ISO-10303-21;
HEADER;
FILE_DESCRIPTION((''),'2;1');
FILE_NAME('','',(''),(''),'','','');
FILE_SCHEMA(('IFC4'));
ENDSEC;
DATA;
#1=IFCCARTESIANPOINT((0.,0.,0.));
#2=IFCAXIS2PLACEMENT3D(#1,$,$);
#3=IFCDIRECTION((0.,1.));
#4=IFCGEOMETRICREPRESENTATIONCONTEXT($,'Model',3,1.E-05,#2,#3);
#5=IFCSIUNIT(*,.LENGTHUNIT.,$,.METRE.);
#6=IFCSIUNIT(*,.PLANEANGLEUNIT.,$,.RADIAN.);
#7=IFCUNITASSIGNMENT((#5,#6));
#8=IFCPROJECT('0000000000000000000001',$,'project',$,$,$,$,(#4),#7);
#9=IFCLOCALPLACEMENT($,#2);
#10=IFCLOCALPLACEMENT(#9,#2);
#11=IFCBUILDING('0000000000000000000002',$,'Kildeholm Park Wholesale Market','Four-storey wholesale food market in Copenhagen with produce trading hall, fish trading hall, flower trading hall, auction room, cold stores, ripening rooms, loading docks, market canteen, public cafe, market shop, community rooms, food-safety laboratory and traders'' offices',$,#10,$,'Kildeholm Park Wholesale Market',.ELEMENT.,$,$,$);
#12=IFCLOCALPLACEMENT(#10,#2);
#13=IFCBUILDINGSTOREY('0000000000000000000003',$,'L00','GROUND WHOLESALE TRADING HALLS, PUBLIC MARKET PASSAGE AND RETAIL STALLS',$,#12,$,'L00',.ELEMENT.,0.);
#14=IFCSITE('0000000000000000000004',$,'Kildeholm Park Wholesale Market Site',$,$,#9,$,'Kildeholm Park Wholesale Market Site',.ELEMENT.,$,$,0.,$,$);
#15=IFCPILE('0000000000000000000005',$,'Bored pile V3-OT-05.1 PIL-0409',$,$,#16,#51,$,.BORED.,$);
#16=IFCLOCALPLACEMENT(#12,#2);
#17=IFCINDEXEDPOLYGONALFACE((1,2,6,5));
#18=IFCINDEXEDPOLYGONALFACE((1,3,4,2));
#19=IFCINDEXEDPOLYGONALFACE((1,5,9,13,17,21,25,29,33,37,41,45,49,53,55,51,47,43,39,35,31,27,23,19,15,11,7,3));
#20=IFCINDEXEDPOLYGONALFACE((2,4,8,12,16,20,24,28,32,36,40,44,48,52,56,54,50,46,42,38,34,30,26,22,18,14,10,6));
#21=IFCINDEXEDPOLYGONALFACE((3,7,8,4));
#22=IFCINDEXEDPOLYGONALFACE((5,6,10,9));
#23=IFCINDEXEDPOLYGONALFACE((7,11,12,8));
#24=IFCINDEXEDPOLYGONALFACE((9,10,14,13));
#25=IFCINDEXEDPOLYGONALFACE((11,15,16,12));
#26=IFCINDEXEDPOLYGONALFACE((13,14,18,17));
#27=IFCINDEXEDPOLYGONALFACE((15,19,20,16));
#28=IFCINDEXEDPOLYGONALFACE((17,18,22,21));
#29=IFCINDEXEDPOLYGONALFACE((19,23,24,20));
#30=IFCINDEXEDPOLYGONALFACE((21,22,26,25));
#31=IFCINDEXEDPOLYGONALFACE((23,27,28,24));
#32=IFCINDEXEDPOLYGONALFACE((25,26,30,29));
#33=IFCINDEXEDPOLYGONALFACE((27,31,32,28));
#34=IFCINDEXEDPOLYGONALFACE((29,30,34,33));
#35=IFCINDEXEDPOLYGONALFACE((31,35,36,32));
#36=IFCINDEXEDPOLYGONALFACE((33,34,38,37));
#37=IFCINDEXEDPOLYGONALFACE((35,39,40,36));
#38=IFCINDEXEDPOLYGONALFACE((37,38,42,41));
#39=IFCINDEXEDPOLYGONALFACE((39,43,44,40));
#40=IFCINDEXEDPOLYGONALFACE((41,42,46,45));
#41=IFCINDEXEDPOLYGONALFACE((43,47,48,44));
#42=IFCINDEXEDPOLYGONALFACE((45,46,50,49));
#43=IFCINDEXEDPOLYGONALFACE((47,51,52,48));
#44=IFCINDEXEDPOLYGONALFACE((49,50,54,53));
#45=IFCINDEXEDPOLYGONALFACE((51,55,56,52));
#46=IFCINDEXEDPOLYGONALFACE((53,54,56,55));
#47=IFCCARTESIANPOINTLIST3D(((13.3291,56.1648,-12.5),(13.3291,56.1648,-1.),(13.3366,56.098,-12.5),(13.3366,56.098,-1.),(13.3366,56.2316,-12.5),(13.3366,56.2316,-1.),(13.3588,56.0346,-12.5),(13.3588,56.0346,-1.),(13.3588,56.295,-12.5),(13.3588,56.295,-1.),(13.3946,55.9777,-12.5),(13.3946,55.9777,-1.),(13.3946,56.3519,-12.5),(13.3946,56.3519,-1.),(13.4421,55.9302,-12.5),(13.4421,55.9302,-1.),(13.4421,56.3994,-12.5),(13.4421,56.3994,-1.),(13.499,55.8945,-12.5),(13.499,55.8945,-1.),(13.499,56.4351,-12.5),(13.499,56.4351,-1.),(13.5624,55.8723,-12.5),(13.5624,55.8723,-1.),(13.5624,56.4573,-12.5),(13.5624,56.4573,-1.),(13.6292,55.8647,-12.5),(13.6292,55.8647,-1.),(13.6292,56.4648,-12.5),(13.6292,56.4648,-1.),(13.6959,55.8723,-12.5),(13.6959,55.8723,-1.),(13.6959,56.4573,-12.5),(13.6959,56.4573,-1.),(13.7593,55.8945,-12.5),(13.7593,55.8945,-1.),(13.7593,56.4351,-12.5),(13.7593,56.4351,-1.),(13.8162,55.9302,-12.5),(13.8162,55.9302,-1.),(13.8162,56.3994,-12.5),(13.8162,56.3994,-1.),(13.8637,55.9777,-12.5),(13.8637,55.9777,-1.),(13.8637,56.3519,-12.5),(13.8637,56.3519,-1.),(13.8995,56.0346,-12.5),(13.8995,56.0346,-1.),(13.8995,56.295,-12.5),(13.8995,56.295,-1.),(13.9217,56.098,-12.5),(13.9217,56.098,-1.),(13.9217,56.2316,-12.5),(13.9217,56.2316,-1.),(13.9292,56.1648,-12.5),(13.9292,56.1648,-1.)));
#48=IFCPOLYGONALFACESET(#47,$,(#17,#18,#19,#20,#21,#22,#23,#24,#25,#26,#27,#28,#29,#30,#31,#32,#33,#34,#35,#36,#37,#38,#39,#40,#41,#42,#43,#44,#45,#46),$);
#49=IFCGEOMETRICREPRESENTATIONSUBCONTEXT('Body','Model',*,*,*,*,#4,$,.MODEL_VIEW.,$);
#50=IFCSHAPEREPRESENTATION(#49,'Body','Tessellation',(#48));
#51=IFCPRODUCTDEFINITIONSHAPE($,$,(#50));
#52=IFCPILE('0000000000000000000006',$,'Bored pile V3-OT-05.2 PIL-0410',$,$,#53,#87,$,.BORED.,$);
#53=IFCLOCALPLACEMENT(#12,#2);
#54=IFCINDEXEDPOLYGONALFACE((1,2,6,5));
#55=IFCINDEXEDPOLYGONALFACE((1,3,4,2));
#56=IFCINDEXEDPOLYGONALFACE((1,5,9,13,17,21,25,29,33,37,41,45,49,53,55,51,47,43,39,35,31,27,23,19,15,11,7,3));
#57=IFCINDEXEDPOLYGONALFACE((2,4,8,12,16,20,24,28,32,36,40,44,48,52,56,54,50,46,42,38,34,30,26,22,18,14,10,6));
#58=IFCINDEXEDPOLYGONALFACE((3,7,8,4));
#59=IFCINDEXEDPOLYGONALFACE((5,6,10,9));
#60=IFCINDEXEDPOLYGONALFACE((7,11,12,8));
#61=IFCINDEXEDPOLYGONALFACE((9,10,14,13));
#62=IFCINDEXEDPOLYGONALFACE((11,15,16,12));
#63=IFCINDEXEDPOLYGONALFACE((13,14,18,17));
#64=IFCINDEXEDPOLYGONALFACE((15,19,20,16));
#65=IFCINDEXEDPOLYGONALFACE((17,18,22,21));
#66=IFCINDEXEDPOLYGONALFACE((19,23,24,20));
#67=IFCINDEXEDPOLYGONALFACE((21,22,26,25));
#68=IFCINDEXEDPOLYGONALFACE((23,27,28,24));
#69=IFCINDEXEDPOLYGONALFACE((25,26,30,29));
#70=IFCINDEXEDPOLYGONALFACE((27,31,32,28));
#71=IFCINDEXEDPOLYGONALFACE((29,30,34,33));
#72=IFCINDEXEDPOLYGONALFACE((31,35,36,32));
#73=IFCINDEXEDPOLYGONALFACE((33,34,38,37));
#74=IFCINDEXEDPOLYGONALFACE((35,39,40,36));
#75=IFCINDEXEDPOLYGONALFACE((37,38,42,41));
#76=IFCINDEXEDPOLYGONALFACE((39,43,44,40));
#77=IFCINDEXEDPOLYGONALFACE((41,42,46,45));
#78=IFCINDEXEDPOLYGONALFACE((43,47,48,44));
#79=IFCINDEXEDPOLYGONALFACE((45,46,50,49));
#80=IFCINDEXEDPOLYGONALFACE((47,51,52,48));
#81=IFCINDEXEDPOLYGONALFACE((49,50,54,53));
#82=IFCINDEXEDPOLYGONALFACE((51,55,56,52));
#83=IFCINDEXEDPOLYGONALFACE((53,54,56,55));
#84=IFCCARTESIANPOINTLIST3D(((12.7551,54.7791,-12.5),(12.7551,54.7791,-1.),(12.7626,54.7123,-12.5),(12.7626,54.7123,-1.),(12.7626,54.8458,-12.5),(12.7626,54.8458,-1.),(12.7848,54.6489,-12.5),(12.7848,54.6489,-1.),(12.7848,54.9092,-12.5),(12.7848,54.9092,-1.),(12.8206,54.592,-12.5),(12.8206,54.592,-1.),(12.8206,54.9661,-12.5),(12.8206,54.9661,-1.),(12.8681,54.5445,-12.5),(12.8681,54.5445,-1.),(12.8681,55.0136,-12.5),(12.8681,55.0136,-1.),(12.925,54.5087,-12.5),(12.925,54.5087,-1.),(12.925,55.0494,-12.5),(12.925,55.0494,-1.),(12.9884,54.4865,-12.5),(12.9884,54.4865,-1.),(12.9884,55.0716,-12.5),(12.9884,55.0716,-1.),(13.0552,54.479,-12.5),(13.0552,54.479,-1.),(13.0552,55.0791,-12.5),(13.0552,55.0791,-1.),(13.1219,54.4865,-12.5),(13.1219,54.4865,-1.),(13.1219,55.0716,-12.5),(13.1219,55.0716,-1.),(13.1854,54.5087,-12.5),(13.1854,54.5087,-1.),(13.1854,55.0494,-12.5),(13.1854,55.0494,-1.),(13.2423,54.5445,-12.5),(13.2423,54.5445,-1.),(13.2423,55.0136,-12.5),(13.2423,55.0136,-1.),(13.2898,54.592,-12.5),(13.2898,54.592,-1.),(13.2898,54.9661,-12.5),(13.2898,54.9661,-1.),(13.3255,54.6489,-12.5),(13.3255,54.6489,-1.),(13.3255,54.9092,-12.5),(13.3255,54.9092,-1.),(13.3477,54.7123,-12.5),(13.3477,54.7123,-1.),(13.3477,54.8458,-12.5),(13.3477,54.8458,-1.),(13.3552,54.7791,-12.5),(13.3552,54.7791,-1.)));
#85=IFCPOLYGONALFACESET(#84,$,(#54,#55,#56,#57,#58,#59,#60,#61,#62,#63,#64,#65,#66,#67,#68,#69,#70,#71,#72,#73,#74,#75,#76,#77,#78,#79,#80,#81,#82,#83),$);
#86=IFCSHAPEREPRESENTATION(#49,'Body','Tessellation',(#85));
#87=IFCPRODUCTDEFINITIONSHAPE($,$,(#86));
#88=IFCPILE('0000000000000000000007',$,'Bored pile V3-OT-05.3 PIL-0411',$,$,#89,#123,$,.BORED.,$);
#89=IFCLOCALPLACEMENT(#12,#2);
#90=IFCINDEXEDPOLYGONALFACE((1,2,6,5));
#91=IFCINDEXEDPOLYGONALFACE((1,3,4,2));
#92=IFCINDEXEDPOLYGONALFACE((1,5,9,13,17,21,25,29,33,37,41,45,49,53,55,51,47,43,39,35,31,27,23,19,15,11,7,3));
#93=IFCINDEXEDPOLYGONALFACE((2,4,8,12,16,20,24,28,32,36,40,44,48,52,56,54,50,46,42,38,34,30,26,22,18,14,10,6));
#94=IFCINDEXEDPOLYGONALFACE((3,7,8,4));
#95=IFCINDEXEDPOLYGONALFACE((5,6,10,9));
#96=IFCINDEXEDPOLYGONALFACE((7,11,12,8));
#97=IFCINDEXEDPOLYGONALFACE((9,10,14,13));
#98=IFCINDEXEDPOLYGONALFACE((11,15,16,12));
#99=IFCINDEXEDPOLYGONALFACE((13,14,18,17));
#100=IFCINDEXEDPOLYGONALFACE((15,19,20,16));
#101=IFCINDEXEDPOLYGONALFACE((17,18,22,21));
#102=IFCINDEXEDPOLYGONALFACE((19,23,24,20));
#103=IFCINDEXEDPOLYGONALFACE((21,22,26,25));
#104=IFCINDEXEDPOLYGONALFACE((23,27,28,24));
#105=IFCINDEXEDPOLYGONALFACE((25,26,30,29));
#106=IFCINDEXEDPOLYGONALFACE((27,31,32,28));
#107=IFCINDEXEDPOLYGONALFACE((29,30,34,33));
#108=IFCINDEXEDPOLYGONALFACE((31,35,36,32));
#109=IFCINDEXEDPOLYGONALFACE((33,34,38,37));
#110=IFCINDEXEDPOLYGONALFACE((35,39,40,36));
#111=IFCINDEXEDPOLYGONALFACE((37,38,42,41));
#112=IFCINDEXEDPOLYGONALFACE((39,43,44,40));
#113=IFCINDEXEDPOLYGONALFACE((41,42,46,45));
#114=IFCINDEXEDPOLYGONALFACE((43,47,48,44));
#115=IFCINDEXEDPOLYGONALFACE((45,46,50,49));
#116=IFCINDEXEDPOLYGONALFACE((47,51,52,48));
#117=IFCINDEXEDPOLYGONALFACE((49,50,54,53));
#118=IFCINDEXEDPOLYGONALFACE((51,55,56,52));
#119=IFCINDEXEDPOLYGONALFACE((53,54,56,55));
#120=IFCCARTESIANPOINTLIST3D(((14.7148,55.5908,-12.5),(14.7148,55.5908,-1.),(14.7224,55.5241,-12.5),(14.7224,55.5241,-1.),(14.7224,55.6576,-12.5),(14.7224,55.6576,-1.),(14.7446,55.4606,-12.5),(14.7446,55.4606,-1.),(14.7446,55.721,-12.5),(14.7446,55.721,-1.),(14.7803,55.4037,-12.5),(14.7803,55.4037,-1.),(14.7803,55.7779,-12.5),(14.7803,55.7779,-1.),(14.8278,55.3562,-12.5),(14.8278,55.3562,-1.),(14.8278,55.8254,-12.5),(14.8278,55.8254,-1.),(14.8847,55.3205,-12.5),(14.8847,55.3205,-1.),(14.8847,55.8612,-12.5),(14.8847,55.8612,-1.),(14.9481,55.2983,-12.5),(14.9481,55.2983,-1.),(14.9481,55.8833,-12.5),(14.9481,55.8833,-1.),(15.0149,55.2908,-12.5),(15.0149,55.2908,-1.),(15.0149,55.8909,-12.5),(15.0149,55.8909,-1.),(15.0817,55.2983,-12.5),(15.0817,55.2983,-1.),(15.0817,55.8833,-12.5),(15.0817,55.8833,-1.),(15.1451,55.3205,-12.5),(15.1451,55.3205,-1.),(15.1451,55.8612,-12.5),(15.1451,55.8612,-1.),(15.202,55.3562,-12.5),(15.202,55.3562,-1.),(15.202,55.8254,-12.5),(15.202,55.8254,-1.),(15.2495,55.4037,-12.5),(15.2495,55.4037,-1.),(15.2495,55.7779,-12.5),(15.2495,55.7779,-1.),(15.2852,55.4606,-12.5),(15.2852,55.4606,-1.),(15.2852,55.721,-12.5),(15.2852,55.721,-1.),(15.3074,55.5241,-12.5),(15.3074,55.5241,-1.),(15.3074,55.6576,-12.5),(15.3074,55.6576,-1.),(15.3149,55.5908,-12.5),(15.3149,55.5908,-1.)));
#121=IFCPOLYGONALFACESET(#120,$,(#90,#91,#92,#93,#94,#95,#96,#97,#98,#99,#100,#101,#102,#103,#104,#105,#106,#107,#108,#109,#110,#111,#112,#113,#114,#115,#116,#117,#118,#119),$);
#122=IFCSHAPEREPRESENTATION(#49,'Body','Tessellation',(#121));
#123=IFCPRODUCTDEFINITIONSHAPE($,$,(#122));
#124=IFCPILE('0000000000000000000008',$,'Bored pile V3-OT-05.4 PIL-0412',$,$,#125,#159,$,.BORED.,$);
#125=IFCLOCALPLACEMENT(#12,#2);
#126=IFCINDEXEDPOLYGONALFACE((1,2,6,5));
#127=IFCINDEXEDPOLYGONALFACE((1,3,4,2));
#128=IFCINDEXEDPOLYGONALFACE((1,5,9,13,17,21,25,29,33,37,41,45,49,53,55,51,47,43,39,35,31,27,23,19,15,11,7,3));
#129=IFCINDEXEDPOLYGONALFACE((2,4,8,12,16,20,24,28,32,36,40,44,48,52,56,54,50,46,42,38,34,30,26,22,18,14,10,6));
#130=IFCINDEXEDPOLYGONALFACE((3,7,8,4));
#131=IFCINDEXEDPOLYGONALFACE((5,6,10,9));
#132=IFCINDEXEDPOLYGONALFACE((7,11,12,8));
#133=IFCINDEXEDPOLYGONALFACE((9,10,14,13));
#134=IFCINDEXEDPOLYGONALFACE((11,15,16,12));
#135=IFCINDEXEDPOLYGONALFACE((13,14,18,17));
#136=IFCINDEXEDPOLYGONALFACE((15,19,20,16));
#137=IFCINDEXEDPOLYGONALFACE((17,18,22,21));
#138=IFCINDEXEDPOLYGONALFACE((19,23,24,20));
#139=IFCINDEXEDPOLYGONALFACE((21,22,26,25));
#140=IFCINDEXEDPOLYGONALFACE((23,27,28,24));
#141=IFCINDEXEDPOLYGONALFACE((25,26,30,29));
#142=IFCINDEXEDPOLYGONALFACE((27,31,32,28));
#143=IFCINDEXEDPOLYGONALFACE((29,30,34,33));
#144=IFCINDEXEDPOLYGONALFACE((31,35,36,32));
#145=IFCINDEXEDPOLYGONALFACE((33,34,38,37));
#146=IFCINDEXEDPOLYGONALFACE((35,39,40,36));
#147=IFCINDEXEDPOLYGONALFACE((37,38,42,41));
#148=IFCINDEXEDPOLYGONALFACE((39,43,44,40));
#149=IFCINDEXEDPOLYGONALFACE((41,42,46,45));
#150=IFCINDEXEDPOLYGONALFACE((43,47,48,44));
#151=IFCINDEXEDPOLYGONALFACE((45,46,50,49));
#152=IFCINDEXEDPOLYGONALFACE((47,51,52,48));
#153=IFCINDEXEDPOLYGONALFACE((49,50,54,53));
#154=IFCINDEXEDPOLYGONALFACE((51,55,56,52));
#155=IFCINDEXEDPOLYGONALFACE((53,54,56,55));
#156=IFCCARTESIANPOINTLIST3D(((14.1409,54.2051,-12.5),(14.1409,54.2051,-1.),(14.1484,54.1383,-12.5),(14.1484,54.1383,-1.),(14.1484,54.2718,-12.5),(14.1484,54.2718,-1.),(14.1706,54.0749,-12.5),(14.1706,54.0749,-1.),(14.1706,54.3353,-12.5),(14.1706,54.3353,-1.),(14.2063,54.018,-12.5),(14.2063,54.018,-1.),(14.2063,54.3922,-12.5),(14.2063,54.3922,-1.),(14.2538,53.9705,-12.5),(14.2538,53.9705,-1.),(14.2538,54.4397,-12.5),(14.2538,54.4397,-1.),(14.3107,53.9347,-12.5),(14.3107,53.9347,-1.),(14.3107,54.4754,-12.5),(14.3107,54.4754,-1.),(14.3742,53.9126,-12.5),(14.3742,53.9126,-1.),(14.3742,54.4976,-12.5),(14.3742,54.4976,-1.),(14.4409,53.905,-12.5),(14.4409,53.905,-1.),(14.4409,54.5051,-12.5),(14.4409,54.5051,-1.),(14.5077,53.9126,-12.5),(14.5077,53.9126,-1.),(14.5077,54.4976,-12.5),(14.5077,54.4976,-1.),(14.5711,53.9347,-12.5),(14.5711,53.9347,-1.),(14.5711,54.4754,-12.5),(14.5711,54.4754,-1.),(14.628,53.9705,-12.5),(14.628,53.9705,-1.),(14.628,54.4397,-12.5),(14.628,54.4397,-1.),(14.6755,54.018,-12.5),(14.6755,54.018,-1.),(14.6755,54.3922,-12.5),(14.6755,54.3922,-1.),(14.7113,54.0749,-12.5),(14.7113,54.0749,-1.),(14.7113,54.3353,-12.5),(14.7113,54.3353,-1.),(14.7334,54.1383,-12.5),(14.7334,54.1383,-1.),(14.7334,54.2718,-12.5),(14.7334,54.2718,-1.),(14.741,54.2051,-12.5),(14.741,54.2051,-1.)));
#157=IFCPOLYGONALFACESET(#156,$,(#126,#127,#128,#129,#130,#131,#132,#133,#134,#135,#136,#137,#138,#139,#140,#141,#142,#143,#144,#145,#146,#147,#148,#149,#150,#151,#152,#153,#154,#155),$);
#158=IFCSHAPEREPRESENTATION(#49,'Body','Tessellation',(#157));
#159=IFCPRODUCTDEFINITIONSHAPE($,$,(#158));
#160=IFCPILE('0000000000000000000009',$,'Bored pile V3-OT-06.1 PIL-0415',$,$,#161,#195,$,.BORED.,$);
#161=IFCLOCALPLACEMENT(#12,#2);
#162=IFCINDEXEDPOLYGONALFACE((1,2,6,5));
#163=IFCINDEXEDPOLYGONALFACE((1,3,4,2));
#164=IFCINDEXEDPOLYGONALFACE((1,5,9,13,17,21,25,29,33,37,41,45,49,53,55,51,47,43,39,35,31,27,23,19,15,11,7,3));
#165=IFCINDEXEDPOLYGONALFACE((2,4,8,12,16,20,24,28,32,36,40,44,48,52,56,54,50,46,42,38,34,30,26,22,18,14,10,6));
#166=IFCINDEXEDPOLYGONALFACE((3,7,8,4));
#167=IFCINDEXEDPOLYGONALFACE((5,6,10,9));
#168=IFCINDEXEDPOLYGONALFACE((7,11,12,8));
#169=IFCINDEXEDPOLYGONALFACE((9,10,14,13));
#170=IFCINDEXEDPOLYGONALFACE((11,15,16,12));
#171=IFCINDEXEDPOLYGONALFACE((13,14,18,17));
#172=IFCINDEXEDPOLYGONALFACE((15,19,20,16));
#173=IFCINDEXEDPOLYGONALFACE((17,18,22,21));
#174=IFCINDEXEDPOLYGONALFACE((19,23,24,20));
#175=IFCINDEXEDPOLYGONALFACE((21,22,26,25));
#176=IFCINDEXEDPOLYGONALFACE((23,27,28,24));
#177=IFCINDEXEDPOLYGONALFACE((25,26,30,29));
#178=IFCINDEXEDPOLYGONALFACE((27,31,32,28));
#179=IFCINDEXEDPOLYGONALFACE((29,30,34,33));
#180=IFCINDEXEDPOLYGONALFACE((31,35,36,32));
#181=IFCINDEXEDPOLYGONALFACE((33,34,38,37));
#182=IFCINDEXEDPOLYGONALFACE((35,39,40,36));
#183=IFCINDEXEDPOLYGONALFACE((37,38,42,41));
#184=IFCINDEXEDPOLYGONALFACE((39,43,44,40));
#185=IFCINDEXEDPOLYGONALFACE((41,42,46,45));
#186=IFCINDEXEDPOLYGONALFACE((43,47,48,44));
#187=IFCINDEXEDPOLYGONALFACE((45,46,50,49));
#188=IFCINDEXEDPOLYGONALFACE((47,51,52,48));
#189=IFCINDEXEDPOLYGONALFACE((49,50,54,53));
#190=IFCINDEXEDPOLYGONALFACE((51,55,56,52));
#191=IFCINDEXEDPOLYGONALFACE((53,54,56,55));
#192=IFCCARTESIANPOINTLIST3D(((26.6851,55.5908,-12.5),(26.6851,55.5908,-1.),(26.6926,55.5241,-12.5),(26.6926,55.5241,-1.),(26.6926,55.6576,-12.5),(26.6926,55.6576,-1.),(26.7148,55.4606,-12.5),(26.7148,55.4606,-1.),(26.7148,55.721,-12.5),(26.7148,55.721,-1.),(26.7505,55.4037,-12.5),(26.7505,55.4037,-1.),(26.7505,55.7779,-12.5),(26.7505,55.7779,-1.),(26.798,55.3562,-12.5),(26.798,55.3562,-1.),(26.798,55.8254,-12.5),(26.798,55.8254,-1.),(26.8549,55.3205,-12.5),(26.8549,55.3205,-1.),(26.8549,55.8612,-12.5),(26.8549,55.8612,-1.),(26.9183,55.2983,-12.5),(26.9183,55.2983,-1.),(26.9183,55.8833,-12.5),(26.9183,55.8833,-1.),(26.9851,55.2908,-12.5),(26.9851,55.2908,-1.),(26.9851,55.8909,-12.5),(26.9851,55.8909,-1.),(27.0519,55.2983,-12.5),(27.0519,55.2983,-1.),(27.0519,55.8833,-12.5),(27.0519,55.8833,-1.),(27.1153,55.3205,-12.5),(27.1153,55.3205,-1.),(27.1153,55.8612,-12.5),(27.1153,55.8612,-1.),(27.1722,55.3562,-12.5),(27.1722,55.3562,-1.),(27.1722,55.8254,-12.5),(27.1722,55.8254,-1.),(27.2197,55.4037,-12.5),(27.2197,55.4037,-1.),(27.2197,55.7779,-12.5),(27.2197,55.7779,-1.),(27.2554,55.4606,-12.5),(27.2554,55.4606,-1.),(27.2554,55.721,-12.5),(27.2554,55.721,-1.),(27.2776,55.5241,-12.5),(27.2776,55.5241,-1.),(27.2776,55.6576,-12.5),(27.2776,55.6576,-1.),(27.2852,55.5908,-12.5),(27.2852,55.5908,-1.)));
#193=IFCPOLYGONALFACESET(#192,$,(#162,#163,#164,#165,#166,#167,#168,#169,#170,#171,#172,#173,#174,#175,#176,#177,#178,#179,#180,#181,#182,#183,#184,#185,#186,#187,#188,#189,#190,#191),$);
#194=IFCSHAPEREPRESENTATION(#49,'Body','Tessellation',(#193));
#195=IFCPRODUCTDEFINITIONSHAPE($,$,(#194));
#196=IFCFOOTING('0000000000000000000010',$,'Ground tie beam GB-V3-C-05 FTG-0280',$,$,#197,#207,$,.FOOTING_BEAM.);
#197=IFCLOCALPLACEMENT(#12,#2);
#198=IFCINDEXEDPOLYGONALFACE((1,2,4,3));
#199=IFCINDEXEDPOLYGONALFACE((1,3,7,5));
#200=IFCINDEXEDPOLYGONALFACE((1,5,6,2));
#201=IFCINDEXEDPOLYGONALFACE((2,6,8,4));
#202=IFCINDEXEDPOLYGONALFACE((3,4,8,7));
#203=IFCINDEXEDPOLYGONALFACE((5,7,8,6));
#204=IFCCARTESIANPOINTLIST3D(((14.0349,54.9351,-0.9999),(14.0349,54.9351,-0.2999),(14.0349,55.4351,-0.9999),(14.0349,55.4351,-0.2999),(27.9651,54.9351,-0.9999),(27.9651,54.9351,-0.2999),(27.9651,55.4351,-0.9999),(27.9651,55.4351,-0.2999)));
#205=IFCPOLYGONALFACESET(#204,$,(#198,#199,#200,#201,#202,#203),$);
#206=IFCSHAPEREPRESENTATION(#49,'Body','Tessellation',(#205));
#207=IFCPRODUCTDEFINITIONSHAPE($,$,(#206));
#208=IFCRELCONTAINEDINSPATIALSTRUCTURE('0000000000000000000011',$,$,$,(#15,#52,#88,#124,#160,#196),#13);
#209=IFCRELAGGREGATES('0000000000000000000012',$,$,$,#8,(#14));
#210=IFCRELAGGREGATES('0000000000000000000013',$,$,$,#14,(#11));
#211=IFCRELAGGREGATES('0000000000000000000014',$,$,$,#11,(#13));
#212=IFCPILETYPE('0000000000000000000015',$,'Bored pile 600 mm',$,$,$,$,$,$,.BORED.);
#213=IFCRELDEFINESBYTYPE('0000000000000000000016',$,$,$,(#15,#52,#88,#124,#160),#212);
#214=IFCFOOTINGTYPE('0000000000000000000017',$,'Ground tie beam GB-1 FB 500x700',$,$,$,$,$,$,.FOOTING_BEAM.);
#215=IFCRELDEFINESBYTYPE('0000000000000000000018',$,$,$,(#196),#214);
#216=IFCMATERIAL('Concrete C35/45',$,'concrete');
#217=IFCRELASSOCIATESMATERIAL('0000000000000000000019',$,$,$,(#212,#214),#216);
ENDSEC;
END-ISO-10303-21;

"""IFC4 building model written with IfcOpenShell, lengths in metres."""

from ifc_helpers import new_model, si_unit, direction, frame, origin, origin_2d, place, context, subcontext, project, spatial, rectangle, circle, extrude, material, material_profile, profile_set, type_object, element, save


model = new_model("IFC4")

# Units and contexts
model_context = context("Model", 3, precision=1e-05, world=origin(), true_north=direction((0.0, 1.0)))
body_context = subcontext(model_context, "Body", "Model", "MODEL_VIEW")
ifc_project = project(units=[si_unit("LENGTHUNIT", "METRE"), si_unit("PLANEANGLEUNIT", "RADIAN")], contexts=[model_context])

# Site, building, storey
site_placement = place(None, origin())
site = spatial("IfcSite", under=ifc_project, at=site_placement, Name="Kildeholm Park Wholesale Market Site", LongName="Kildeholm Park Wholesale Market Site", CompositionType="ELEMENT", RefElevation=0.0)
building_placement = place(site_placement, origin())
building = spatial("IfcBuilding", under=site, at=building_placement, Name="Kildeholm Park Wholesale Market", Description="Four-storey wholesale food market in Copenhagen with produce trading hall, fish trading hall, flower trading hall, auction room, cold stores, ripening rooms, loading docks, market canteen, public cafe, market shop, community rooms, food-safety laboratory and traders' offices", LongName="Kildeholm Park Wholesale Market", CompositionType="ELEMENT")
storey_placement = place(building_placement, origin())
storey = spatial("IfcBuildingStorey", under=building, at=storey_placement, Name="L00", Description="GROUND WHOLESALE TRADING HALLS, PUBLIC MARKET PASSAGE AND RETAIL STALLS", LongName="L00", CompositionType="ELEMENT", Elevation=0.0)

# Piles
ifc_material_1 = material(Name="Concrete C35/45", Category="concrete")
ifc_material_profile_1 = material_profile(ifc_material_1, circle(Radius=0.3, at=origin_2d()), Name="PILE D600")
ifc_profile_set_1 = profile_set([ifc_material_profile_1], Name="Concrete C35/45")
pile_type = type_object("IfcPileType", Name="Bored pile 600 mm", PredefinedType="BORED", material=ifc_profile_set_1)
for number, where, z_axis, x_axis, name in (
    (1, (13.6292, 56.1648, -1.0), (0.0, 0.0, -1.0), (1.0, 0.0, 0.0), "Bored pile V3-OT-05.1 PIL-0409"),
    (2, (13.0552, 54.7791, -1.0), (0.0, 0.0, -1.0), (1.0, 0.0, 0.0), "Bored pile V3-OT-05.2 PIL-0410"),
    (3, (15.0149, 55.5908, -1.0), (0.0, 0.0, -1.0), (1.0, 0.0, 0.0), "Bored pile V3-OT-05.3 PIL-0411"),
    (4, (14.4409, 54.2051, -1.0), (0.0, 0.0, -1.0), (1.0, 0.0, 0.0), "Bored pile V3-OT-05.4 PIL-0412"),
    (5, (26.9851, 55.5908, -1.0), (0.0, 0.0, -1.0), (1.0, 0.0, 0.0), "Bored pile V3-OT-06.1 PIL-0415"),
):
    element("IfcPile", number, at=place(storey_placement, frame(where, z_axis=z_axis, x_axis=x_axis)), inside=storey, type_object=pile_type, Name=name, PredefinedType="BORED", context=body_context, shape_type="SweptSolid", body=[
        extrude(circle(Radius=0.3, at=origin_2d()), origin(), (0.0, 0.0, 1.0), 11.5),
    ])

# Footing
ifc_material_profile_2 = material_profile(ifc_material_1, rectangle(XDim=0.5, YDim=0.7, at=origin_2d()), Name="FB 500x700")
ifc_profile_set_2 = profile_set([ifc_material_profile_2], Name="Concrete C35/45")
footing_type_1 = type_object("IfcFootingType", Name="Ground tie beam GB-1 FB 500x700", PredefinedType="FOOTING_BEAM", material=ifc_profile_set_2)
footing_1_placement = place(storey_placement, frame((14.0349, 55.1851, -0.6499), z_axis=(1.0, 0.0, 0.0), x_axis=(0.0, 1.0, 0.0)))
element("IfcFooting", 6, at=footing_1_placement, inside=storey, type_object=footing_type_1, Name="Ground tie beam GB-V3-C-05 FTG-0280", PredefinedType="FOOTING_BEAM", context=body_context, shape_type="SweptSolid", body=[
    extrude(rectangle(XDim=0.5, YDim=0.7, at=origin_2d()), origin(), (0.0, 0.0, 1.0), 13.9302),
])

save(model, "model.ifc")
